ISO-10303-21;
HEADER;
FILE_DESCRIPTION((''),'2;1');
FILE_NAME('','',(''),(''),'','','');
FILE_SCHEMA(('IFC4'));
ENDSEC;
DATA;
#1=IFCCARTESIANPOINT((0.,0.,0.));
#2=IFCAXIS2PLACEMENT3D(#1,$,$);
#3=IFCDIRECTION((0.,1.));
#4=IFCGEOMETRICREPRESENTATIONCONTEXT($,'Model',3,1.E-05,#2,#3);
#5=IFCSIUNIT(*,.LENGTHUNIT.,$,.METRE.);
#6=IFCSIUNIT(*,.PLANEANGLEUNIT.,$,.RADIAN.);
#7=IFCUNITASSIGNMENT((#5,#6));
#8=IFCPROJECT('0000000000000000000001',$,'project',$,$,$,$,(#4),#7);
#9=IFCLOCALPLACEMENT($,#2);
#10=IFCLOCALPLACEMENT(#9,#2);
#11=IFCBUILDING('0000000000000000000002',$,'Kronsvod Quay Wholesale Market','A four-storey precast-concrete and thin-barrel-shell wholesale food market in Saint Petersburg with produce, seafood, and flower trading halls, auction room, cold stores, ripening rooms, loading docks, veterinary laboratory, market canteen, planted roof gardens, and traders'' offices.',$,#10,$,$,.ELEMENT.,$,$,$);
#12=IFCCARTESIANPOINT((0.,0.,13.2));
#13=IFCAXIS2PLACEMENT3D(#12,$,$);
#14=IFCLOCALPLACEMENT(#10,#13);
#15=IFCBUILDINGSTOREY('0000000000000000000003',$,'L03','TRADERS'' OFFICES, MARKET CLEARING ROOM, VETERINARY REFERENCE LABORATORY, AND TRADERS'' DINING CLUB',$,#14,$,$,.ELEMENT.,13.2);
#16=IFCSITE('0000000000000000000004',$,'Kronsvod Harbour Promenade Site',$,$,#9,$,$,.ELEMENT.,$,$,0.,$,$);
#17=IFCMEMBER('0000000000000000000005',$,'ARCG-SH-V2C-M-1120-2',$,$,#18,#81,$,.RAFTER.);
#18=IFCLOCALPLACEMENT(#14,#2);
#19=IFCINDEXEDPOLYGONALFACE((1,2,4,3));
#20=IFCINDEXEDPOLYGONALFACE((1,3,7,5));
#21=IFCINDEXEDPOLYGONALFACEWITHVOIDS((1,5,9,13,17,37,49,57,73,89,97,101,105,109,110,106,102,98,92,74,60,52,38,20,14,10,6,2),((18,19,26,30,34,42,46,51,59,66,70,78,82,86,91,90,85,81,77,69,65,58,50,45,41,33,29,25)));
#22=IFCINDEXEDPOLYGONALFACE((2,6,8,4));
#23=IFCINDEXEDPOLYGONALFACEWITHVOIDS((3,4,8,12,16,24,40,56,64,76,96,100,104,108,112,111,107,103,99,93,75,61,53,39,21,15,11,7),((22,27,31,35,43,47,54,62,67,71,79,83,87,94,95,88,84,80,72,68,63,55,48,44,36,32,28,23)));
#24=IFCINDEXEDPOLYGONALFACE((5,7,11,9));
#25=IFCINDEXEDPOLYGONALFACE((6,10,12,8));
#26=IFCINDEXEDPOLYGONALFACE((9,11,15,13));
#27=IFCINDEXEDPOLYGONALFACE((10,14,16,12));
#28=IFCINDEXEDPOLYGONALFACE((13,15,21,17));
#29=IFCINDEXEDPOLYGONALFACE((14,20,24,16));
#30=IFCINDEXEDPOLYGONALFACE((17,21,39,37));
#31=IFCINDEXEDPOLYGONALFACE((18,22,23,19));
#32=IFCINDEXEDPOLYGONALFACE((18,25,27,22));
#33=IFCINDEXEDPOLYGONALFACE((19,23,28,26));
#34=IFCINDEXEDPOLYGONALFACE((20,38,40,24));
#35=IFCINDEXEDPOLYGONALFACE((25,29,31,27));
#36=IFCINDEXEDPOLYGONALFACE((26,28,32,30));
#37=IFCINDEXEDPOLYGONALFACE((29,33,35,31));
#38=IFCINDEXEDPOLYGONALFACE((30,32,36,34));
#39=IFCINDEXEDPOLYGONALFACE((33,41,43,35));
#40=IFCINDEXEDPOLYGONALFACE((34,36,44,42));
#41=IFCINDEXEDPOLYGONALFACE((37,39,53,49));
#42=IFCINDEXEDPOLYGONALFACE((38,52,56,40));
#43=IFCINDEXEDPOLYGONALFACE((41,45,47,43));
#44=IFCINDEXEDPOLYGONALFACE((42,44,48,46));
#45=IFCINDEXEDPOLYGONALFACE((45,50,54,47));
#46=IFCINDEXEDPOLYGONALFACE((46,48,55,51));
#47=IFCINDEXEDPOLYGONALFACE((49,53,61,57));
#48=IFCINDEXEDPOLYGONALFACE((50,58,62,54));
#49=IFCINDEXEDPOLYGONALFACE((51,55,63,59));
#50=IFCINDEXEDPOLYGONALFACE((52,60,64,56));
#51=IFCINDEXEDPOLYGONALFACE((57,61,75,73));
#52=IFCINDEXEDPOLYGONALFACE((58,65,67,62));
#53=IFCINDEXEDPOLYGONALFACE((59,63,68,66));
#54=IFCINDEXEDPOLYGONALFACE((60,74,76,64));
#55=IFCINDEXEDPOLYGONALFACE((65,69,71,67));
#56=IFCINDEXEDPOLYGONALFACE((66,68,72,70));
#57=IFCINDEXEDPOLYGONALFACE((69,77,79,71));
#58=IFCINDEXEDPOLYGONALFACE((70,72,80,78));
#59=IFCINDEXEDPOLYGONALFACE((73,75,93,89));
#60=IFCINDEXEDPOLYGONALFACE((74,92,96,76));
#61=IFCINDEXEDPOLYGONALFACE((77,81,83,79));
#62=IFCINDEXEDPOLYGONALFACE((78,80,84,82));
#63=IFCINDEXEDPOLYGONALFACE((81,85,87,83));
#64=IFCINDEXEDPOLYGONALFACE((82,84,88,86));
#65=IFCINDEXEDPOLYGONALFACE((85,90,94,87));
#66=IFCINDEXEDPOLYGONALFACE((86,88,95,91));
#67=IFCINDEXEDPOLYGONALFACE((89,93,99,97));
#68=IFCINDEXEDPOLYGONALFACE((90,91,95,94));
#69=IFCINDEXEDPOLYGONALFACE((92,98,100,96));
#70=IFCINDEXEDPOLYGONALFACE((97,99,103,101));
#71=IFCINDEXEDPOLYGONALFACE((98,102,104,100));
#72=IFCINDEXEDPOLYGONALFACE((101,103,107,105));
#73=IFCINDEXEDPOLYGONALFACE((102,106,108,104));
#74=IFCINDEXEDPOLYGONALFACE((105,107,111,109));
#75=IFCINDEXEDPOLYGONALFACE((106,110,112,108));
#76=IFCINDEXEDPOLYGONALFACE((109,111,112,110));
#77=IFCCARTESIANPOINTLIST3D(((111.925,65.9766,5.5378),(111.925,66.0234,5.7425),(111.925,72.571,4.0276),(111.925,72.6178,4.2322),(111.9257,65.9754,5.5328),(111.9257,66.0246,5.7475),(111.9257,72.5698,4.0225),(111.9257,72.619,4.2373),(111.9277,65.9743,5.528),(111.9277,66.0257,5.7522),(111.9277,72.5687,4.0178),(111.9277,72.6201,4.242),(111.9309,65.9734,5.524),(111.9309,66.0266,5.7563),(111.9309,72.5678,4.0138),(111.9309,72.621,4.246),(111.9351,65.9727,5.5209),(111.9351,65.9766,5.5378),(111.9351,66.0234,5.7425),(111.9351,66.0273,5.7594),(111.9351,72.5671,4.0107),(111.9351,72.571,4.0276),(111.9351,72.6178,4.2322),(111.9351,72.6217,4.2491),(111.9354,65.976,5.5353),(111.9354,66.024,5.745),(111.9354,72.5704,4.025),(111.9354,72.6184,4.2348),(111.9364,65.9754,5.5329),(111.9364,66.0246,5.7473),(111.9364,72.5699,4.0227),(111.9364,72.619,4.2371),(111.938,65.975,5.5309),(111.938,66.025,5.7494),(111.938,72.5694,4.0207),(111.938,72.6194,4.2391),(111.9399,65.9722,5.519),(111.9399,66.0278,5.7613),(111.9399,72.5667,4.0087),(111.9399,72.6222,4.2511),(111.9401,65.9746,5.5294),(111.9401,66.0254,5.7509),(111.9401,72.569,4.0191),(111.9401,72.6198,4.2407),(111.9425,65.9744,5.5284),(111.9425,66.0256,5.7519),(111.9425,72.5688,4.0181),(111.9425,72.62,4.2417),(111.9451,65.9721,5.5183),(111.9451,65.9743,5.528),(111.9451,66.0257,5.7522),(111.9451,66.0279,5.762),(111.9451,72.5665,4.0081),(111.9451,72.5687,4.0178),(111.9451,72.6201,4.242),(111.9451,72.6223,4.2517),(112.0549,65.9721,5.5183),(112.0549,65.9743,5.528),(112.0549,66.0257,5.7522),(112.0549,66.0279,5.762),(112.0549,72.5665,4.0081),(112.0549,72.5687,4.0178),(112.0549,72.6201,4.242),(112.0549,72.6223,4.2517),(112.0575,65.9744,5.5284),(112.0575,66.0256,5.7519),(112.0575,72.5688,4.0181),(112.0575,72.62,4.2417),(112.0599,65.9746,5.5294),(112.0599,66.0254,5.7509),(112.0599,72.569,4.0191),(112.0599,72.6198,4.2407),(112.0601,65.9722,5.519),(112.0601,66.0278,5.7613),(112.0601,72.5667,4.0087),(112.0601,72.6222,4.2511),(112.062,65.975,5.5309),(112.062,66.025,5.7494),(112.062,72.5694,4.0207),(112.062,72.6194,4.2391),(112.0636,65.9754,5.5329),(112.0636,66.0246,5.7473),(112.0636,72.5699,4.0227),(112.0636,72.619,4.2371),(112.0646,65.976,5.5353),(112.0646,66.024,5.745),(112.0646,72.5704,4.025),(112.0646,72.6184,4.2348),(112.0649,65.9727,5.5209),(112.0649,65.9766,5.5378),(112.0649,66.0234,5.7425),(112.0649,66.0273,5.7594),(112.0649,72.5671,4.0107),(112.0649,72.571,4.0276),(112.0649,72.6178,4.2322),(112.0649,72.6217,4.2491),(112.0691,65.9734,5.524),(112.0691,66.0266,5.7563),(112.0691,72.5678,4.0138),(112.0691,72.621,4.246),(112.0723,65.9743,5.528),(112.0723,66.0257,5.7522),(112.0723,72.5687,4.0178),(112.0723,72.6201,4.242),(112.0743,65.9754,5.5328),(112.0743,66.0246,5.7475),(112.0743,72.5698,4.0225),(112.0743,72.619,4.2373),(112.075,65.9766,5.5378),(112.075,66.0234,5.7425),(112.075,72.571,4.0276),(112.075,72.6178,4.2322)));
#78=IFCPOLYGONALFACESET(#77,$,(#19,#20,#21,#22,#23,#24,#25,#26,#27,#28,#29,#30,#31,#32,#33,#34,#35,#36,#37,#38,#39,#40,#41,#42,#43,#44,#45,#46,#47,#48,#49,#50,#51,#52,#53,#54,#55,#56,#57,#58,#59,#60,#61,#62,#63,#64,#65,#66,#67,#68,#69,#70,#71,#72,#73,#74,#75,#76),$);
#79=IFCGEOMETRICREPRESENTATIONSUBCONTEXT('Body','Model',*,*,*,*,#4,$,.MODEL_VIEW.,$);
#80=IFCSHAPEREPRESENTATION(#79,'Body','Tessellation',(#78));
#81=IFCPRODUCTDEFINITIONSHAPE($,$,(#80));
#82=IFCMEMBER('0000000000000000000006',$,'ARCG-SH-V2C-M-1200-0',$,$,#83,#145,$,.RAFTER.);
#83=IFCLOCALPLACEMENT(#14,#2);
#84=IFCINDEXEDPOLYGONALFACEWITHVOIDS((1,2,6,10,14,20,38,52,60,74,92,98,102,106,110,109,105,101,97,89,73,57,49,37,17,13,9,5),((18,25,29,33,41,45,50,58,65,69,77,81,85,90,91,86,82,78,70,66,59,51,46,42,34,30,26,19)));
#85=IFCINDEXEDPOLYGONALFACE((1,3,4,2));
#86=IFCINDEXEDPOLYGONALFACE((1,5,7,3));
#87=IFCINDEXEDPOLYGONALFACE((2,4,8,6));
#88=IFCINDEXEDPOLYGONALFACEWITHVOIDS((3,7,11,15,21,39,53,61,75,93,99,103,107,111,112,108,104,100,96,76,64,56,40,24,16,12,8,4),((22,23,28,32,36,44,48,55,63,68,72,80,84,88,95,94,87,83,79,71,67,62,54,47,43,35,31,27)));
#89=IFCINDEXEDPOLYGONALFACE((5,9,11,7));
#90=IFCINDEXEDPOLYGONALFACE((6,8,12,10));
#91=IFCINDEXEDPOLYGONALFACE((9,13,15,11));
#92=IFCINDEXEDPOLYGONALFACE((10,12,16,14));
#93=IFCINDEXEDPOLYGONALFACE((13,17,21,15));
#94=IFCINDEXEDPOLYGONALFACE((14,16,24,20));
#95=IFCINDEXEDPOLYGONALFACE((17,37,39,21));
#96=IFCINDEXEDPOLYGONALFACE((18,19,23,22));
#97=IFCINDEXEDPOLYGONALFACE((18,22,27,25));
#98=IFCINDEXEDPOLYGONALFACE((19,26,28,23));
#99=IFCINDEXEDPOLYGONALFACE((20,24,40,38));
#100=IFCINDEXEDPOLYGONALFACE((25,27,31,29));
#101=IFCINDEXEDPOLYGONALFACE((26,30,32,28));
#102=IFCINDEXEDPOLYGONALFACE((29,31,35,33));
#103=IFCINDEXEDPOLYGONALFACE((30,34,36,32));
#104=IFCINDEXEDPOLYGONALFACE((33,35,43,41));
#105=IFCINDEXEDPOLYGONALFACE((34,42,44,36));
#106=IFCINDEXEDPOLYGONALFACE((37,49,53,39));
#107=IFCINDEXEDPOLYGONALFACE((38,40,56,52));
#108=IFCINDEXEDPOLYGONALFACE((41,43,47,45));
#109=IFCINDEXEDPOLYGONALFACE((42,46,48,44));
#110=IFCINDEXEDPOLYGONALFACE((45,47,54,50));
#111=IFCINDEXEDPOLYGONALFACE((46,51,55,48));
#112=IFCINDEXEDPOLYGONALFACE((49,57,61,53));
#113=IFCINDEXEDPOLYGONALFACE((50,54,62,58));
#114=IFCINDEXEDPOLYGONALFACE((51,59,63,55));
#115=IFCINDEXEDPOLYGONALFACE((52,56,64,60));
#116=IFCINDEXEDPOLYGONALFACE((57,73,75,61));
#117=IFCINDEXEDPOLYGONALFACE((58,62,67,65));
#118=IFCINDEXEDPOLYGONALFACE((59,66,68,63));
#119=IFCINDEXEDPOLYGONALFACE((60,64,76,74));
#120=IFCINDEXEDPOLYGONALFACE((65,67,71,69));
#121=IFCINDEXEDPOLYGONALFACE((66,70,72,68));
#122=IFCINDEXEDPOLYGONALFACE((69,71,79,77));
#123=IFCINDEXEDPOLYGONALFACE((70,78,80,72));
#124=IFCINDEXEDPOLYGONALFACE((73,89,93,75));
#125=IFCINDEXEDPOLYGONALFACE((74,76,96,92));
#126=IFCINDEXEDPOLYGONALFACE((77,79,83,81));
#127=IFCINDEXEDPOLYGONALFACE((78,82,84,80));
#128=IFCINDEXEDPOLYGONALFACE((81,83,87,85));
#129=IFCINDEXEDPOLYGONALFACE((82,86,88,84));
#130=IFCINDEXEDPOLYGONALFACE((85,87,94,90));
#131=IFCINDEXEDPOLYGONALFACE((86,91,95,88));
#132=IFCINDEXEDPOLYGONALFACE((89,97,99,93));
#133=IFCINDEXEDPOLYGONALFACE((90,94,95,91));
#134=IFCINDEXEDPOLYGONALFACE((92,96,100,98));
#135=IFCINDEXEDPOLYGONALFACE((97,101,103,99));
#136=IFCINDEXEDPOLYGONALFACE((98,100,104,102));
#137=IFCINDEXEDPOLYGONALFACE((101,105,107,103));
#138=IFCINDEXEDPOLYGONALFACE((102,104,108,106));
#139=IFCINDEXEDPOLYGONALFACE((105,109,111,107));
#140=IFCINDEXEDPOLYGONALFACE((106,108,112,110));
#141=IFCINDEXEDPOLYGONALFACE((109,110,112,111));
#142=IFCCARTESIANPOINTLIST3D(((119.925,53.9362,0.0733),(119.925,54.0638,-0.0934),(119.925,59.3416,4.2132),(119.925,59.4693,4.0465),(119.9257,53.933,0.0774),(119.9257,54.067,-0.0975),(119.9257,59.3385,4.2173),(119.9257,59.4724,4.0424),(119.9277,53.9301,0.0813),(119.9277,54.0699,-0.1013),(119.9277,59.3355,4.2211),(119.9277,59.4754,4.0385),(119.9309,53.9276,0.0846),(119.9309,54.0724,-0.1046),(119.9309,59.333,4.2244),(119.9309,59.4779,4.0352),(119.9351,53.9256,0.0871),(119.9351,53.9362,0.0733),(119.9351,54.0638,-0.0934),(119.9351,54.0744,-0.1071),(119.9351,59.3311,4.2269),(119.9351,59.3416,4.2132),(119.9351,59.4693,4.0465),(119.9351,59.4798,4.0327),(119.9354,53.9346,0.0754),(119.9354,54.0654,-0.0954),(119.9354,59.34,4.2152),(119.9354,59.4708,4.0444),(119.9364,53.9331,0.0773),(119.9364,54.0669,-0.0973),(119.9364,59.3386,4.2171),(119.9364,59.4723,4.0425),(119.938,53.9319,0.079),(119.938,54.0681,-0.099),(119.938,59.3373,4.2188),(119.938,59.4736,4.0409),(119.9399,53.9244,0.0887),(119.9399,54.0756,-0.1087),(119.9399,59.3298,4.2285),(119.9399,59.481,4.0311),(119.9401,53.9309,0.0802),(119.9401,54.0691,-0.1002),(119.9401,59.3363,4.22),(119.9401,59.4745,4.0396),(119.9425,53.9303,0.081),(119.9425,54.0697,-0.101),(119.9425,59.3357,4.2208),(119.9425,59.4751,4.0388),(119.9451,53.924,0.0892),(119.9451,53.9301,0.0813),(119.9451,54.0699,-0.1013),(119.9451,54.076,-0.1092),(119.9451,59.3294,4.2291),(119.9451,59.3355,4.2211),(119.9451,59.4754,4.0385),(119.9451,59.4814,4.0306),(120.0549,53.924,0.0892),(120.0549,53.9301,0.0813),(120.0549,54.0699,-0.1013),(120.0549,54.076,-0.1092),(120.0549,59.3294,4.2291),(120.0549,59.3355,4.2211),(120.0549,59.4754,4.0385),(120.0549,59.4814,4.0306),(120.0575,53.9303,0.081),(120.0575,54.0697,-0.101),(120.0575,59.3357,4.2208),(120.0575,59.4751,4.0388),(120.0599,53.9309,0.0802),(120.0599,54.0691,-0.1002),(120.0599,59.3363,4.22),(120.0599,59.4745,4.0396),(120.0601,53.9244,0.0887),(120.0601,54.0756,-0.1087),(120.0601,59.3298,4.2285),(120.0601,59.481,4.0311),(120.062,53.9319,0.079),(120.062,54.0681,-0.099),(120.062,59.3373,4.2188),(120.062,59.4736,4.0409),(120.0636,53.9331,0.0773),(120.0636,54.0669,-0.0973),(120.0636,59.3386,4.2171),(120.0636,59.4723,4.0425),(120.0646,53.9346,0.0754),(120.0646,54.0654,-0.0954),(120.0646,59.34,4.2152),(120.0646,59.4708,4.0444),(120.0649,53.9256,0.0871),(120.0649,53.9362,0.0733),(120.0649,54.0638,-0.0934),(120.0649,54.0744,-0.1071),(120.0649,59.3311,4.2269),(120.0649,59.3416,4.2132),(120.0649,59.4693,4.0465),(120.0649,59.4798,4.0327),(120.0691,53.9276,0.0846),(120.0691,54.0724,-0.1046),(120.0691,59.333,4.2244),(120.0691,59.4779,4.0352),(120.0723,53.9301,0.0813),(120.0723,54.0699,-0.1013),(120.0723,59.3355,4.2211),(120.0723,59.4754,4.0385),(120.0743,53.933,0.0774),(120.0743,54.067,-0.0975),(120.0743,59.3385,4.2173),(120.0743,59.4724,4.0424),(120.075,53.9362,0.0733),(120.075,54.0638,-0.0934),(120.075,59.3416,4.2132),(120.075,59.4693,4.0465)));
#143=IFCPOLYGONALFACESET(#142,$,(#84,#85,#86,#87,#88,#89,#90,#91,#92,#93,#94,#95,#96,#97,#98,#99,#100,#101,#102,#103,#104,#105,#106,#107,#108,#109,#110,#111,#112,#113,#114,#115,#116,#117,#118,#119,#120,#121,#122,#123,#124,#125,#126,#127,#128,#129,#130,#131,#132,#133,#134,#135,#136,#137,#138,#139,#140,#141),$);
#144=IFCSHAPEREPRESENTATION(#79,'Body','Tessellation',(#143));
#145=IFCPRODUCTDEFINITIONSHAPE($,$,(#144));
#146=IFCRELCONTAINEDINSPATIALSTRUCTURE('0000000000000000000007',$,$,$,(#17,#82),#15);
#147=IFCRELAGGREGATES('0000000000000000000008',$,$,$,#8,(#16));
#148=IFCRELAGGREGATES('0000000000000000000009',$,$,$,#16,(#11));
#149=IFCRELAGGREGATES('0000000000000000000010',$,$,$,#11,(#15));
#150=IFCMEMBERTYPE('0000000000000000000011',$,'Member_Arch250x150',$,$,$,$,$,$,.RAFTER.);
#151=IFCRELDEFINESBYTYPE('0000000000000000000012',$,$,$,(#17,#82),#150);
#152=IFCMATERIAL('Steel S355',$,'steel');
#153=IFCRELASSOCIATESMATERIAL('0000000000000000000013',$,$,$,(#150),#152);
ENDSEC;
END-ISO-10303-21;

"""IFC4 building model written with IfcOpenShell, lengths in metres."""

from ifc_helpers import new_model, si_unit, direction, frame, origin, origin_2d, place, context, subcontext, project, spatial, hollow_rectangle, extrude, material, material_profile, profile_set, type_object, element, save


model = new_model("IFC4")

# Units and contexts
model_context = context("Model", 3, precision=1e-05, world=origin(), true_north=direction((0.0, 1.0)))
body_context = subcontext(model_context, "Body", "Model", "MODEL_VIEW")
ifc_project = project(units=[si_unit("LENGTHUNIT", "METRE"), si_unit("PLANEANGLEUNIT", "RADIAN")], contexts=[model_context])

# Site, building, storey
site_placement = place(None, origin())
site = spatial("IfcSite", under=ifc_project, at=site_placement, Name="Kronsvod Harbour Promenade Site", CompositionType="ELEMENT", RefElevation=0.0)
building_placement = place(site_placement, origin())
building = spatial("IfcBuilding", under=site, at=building_placement, Name="Kronsvod Quay Wholesale Market", Description="A four-storey precast-concrete and thin-barrel-shell wholesale food market in Saint Petersburg with produce, seafood, and flower trading halls, auction room, cold stores, ripening rooms, loading docks, veterinary laboratory, market canteen, planted roof gardens, and traders' offices.", CompositionType="ELEMENT")
storey_placement = place(building_placement, frame((0.0, 0.0, 13.2)))
storey = spatial("IfcBuildingStorey", under=building, at=storey_placement, Name="L03", Description="TRADERS' OFFICES, MARKET CLEARING ROOM, VETERINARY REFERENCE LABORATORY, AND TRADERS' DINING CLUB", CompositionType="ELEMENT", Elevation=13.2)

# Members
ifc_material_1 = material(Name="Steel S355", Category="steel")
ifc_material_profile_1 = material_profile(ifc_material_1, hollow_rectangle(XDim=0.1499, YDim=0.25, WallThickness=0.01, InnerFilletRadius=0.01, OuterFilletRadius=0.02, at=origin_2d()), Name="RHS250x150x10")
ifc_profile_set_1 = profile_set([ifc_material_profile_1], Name="Steel S355")
member_type_1 = type_object("IfcMemberType", Name="Member_Arch250x150", PredefinedType="RAFTER", material=ifc_profile_set_1)
for number, where, z_axis, x_axis, name in (
    (1, (112.0, 66.0, 5.6401), (0.0, 0.974764, -0.223238), (-1.0, 0.0, 0.0), "ARCG-SH-V2C-M-1120-2"),
):
    element("IfcMember", number, at=place(storey_placement, frame(where, z_axis=z_axis, x_axis=x_axis)), inside=storey, type_object=member_type_1, Name=name, PredefinedType="RAFTER", context=body_context, shape_type="SweptSolid", body=[
        extrude(hollow_rectangle(XDim=0.1499, YDim=0.25, WallThickness=0.01, InnerFilletRadius=0.01, OuterFilletRadius=0.02, at=origin_2d()), origin(), (0.0, 0.0, 1.0), 6.7651),
    ])
member_1_placement = place(storey_placement, frame((120.0, 54.0, -0.01), z_axis=(0.0, 0.793914, 0.60803), x_axis=(-1.0, 0.0, 0.0)))
element("IfcMember", 2, at=member_1_placement, inside=storey, type_object=member_type_1, Name="ARCG-SH-V2C-M-1200-0", PredefinedType="RAFTER", context=body_context, shape_type="SweptSolid", body=[
    extrude(hollow_rectangle(XDim=0.1499, YDim=0.25, WallThickness=0.01, InnerFilletRadius=0.01, OuterFilletRadius=0.02, at=origin_2d()), origin(), (0.0, 0.0, 1.0), 6.8086),
])

save(model, "model.ifc")
